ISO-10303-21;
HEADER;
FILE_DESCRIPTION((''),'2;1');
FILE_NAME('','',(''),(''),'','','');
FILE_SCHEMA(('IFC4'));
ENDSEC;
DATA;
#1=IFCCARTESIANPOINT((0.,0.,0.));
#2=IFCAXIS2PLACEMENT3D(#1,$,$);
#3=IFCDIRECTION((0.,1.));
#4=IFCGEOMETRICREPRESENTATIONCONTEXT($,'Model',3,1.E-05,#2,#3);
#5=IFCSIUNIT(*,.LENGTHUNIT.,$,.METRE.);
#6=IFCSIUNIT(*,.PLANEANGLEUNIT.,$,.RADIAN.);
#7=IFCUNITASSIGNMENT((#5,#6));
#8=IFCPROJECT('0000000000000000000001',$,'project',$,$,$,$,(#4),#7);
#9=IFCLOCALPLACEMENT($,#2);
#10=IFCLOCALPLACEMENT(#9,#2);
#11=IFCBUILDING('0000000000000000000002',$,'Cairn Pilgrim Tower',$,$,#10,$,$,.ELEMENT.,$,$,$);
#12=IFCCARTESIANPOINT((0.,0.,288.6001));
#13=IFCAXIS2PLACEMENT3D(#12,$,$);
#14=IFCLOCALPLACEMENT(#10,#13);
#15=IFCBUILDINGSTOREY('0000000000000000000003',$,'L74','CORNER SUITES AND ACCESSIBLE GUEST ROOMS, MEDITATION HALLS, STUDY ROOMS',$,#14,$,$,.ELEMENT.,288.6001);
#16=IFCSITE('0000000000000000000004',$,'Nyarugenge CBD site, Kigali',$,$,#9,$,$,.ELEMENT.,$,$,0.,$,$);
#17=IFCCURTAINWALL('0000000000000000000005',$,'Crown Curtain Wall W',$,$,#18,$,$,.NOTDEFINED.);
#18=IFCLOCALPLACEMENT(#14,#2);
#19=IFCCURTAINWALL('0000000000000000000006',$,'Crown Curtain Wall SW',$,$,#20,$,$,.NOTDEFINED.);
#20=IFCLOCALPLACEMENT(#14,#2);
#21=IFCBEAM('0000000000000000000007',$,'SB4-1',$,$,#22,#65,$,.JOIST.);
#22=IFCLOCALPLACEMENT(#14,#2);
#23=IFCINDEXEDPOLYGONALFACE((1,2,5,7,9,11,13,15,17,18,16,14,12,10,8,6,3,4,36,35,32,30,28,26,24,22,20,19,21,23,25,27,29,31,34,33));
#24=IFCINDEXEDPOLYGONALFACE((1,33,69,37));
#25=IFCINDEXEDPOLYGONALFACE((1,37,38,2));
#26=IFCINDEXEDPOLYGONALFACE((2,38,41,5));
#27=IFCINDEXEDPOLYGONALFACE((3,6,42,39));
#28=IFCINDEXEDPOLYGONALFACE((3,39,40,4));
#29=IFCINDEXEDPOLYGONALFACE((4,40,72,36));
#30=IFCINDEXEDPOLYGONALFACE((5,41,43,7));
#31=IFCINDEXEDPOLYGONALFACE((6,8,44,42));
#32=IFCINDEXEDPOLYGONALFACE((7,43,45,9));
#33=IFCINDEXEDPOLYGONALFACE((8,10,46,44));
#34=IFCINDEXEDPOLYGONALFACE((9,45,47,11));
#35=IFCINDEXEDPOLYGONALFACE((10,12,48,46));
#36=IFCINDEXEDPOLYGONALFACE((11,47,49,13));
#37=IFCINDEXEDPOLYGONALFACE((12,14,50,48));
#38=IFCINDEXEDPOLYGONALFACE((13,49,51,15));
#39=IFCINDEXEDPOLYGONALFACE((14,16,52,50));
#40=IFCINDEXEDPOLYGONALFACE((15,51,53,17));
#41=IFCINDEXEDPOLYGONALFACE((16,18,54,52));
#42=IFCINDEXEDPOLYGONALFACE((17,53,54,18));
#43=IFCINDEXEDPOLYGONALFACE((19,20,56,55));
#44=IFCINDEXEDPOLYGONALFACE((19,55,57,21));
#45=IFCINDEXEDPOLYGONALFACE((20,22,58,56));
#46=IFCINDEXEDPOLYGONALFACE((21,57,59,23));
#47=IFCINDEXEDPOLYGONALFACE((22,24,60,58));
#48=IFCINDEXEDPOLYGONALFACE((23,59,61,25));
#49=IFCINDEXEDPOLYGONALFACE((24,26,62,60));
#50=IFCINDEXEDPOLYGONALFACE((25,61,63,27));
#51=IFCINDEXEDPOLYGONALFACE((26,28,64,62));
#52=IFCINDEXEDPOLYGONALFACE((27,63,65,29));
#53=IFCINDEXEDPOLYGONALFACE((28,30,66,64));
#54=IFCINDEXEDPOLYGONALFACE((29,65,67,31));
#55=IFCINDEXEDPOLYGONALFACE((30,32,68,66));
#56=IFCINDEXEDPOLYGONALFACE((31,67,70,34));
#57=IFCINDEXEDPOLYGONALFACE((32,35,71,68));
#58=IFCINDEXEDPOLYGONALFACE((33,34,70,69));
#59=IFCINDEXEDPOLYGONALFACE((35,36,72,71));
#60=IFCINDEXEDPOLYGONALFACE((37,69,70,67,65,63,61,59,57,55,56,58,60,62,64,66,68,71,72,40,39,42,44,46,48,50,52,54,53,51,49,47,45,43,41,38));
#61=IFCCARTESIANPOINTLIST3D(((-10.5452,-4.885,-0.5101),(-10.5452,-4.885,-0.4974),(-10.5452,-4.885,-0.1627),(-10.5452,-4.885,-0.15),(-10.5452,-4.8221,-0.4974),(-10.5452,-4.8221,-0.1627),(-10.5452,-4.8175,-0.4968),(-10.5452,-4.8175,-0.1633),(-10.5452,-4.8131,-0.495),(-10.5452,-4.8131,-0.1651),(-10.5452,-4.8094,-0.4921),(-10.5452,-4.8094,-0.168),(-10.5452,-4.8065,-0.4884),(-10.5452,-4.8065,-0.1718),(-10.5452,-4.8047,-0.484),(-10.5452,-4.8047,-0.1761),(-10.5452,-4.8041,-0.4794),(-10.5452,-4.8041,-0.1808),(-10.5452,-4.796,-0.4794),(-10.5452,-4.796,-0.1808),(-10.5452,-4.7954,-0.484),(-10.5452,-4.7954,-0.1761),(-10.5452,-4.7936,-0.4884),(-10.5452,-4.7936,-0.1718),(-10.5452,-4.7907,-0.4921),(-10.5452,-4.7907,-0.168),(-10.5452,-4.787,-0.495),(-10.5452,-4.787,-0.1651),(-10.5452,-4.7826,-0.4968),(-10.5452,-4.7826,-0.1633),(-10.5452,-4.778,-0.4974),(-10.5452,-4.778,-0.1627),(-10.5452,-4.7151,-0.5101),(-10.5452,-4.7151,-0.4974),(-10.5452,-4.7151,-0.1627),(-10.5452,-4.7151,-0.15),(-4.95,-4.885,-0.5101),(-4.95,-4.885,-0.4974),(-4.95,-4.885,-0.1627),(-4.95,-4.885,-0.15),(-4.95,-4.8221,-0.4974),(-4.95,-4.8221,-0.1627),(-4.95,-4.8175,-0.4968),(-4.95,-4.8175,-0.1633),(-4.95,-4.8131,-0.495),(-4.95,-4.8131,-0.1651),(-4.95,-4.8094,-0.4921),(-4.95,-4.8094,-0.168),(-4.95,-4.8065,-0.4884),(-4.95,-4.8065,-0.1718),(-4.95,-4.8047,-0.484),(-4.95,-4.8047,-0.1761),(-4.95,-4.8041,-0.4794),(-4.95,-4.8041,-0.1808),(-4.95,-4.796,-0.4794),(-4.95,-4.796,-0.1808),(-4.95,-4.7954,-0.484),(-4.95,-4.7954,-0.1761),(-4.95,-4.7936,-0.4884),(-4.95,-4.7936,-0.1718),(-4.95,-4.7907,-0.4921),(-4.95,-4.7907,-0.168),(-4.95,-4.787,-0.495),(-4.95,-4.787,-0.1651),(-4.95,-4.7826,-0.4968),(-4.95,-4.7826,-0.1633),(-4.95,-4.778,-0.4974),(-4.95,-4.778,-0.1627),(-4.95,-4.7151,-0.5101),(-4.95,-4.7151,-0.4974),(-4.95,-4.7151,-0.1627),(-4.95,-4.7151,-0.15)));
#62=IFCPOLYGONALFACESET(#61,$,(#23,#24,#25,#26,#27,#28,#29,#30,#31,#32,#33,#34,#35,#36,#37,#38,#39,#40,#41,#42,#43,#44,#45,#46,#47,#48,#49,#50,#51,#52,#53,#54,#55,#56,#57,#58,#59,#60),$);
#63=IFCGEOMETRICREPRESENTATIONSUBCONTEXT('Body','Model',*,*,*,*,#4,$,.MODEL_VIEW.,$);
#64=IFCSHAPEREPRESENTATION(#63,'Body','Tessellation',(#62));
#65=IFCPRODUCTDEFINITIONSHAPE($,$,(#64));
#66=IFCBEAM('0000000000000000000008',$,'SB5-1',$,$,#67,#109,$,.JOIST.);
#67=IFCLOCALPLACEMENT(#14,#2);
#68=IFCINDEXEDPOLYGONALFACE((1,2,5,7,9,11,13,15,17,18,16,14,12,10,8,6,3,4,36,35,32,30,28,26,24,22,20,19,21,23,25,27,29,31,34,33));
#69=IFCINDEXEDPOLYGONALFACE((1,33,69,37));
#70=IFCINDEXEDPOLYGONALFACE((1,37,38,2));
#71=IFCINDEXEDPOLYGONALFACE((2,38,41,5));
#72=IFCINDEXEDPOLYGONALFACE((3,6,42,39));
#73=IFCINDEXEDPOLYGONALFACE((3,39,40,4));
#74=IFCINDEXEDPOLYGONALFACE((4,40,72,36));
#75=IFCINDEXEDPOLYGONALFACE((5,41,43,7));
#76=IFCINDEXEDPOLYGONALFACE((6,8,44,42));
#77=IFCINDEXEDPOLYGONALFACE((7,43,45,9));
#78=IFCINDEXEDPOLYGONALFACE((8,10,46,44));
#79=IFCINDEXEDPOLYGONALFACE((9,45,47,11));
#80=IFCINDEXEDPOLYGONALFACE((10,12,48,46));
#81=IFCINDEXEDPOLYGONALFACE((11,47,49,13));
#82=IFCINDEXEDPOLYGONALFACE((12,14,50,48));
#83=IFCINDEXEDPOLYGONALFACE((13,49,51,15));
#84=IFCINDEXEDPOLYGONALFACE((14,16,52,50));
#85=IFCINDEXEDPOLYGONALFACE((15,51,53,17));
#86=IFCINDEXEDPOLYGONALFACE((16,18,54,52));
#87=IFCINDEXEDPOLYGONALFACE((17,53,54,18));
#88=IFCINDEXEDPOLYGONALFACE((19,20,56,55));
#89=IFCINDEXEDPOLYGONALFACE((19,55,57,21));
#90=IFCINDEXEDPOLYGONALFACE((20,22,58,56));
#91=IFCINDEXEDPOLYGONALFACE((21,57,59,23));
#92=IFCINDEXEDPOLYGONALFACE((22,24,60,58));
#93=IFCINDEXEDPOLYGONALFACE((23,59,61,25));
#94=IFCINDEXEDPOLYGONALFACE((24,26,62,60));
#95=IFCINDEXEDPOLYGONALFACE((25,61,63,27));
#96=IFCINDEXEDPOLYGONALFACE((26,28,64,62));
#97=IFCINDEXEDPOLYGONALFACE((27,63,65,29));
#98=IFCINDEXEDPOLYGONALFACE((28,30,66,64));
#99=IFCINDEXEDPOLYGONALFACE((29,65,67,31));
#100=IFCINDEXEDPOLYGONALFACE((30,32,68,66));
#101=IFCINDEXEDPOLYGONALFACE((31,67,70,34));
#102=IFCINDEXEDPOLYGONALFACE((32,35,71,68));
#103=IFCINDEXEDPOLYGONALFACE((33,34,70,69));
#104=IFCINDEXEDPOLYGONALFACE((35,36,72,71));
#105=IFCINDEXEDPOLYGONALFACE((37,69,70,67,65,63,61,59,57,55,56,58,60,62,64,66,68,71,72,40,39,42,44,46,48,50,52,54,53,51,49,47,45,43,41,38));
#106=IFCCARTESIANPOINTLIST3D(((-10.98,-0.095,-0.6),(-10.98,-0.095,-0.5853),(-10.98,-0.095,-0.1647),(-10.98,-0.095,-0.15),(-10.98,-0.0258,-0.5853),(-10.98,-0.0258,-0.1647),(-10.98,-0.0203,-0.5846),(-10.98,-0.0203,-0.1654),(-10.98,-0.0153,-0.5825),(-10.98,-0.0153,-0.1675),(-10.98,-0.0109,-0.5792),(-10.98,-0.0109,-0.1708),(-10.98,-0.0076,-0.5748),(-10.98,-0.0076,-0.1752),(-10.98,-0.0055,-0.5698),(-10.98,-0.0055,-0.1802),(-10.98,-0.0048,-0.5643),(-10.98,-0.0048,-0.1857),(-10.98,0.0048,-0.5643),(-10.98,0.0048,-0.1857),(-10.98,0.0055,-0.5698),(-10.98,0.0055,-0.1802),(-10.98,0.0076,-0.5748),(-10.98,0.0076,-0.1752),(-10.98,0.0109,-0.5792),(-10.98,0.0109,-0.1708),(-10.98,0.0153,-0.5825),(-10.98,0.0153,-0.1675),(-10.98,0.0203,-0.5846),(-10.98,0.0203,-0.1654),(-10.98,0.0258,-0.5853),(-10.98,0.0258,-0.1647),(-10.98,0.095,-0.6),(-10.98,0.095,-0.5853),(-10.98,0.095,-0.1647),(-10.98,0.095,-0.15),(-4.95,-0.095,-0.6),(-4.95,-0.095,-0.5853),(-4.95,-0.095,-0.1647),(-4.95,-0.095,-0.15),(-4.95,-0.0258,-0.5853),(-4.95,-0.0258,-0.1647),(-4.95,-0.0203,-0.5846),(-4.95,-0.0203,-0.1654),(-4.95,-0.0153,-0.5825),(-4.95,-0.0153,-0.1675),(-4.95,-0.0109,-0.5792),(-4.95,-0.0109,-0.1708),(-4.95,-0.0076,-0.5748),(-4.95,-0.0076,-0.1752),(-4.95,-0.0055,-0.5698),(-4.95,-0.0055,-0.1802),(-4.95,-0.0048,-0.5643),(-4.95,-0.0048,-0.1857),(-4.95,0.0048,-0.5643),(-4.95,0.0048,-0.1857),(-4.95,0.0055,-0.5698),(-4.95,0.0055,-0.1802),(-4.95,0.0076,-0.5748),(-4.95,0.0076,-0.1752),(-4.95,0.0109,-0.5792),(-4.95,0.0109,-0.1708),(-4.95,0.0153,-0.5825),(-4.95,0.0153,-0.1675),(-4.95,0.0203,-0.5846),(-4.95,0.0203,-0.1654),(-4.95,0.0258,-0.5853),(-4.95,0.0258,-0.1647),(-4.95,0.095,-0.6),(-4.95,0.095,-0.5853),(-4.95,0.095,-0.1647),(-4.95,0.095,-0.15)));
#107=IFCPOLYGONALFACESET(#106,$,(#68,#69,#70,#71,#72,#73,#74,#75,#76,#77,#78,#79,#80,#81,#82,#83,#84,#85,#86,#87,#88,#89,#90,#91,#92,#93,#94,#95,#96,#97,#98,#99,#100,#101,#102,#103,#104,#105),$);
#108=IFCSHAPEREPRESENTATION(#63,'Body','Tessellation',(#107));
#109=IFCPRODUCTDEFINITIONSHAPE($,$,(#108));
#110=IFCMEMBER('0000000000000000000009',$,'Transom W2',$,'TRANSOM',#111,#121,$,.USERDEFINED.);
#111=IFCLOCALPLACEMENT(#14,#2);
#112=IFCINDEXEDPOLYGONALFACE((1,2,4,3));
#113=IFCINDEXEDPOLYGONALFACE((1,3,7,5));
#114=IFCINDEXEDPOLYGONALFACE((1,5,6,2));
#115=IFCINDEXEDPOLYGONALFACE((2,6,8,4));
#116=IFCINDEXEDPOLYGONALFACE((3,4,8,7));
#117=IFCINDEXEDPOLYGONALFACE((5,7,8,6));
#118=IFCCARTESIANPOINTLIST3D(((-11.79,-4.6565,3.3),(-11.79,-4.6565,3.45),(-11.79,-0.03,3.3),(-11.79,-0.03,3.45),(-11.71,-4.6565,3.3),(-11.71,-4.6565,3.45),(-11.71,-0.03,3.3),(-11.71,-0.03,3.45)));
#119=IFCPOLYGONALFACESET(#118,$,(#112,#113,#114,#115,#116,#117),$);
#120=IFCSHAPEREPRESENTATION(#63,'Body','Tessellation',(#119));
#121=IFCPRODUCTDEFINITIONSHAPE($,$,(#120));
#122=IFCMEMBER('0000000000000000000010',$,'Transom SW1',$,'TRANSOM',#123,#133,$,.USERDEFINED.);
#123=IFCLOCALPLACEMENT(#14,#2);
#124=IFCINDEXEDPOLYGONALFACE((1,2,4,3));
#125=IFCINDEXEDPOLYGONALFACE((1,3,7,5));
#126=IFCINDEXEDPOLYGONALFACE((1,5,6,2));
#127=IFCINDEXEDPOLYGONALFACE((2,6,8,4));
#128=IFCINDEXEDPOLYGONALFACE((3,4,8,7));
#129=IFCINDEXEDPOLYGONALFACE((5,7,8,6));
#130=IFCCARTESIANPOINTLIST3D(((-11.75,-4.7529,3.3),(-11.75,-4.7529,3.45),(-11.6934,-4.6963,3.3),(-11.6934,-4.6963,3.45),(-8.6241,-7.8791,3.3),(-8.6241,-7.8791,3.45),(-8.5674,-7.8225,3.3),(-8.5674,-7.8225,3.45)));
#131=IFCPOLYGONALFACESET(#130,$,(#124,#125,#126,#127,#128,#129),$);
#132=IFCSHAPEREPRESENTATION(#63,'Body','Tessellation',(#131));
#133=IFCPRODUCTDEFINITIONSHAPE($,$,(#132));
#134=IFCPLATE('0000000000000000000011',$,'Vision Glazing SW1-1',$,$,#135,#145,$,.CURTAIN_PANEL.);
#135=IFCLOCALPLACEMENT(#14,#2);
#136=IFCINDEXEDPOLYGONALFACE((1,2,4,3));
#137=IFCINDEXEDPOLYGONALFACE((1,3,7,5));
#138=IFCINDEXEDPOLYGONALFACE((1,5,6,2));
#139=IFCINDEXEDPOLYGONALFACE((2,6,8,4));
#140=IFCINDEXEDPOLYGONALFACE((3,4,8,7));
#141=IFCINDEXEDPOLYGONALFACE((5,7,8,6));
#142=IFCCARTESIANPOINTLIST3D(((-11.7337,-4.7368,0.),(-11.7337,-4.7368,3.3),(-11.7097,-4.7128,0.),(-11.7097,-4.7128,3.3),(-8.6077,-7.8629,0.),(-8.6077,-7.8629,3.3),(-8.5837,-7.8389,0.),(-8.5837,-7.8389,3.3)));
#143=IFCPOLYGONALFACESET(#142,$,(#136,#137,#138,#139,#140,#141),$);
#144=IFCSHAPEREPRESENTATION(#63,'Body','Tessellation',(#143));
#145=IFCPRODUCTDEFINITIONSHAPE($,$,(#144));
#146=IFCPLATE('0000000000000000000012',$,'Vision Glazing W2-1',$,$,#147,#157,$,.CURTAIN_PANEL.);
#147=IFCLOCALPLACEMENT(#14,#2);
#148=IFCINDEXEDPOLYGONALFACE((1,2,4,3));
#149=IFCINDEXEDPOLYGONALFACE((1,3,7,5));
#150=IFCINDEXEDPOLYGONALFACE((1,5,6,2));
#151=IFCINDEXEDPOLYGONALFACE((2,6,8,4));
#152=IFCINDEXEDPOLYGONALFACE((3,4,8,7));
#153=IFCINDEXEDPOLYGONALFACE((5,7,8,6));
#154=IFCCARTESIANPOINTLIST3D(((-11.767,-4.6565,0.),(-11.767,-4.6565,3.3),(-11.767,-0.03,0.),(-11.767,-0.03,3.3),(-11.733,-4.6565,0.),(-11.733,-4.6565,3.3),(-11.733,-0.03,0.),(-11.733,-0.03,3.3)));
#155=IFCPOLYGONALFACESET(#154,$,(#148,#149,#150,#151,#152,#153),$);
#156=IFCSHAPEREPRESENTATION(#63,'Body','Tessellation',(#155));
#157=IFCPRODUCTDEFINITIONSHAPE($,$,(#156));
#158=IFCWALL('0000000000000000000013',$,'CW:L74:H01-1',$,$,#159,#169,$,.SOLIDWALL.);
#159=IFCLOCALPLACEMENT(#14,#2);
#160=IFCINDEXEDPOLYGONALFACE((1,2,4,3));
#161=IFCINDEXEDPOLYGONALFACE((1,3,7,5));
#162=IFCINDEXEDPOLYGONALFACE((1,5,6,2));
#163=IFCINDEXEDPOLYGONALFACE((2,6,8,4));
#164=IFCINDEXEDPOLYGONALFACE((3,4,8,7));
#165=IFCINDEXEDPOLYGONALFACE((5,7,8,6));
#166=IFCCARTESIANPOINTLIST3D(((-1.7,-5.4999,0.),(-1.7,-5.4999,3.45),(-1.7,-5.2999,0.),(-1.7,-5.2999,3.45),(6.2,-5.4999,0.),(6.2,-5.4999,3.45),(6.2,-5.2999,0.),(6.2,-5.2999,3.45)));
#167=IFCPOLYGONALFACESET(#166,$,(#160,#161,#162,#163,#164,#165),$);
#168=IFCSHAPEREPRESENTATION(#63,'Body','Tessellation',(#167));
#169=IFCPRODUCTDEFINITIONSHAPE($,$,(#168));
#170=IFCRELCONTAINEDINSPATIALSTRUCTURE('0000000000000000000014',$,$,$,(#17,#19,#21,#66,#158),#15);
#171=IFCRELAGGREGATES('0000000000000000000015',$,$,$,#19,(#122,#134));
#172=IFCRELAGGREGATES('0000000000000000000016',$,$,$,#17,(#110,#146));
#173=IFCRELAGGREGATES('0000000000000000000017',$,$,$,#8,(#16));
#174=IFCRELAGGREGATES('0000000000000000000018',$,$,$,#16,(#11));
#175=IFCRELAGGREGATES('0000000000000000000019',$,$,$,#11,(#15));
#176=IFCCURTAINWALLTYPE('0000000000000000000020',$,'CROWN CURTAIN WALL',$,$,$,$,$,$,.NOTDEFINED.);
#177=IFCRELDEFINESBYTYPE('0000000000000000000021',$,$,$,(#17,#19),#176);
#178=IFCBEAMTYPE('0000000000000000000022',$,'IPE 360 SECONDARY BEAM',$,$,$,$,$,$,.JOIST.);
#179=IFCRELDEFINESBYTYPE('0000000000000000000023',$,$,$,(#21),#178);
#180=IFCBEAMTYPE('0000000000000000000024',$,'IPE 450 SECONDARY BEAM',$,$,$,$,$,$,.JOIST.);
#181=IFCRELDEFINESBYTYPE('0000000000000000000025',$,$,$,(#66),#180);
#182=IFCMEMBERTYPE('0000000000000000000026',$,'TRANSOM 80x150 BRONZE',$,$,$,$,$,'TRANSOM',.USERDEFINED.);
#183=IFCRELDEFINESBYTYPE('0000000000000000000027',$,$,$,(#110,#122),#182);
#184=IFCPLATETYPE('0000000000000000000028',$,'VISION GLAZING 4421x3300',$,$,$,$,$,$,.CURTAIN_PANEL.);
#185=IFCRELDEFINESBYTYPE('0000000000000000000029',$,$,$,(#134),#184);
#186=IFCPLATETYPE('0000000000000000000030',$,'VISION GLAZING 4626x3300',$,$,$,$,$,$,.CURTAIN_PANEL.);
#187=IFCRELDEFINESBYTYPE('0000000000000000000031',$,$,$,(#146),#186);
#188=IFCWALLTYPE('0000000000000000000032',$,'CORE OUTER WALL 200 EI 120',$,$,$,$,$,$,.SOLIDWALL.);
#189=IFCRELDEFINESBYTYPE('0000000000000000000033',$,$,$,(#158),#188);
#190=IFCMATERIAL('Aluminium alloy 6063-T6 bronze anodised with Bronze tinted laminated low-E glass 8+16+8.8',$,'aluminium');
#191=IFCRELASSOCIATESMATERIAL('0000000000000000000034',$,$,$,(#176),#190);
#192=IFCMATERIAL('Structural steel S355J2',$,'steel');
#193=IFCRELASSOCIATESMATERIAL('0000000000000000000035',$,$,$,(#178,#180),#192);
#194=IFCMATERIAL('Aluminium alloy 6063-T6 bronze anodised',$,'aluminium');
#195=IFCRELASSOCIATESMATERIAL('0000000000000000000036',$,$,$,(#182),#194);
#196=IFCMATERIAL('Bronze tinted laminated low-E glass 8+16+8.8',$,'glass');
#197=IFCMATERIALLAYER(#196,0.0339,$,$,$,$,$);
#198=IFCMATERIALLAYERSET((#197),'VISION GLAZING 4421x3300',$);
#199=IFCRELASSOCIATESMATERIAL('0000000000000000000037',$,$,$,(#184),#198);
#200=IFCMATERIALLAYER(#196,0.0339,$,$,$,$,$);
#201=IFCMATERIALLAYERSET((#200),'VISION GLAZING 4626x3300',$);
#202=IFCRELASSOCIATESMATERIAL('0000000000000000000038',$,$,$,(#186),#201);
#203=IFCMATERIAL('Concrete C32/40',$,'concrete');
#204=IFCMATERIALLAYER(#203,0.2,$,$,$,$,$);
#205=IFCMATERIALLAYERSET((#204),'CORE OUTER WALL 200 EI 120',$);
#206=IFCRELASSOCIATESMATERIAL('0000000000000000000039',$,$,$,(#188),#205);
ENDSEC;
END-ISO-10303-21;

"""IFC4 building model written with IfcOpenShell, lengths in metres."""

from ifc_helpers import new_model, si_unit, direction, frame, frame_2d, origin, origin_2d, place, context, subcontext, project, spatial, rectangle, i_section, extrude, material, layer, layer_set, material_profile, profile_set, type_object, element, aggregate, save


model = new_model("IFC4")

# Units and contexts
model_context = context("Model", 3, precision=1e-05, world=origin(), true_north=direction((0.0, 1.0)))
body_context = subcontext(model_context, "Body", "Model", "MODEL_VIEW")
ifc_project = project(units=[si_unit("LENGTHUNIT", "METRE"), si_unit("PLANEANGLEUNIT", "RADIAN")], contexts=[model_context])

# Site, building, storey
site_placement = place(None, origin())
site = spatial("IfcSite", under=ifc_project, at=site_placement, Name="Nyarugenge CBD site, Kigali", CompositionType="ELEMENT", RefElevation=0.0)
building_placement = place(site_placement, origin())
building = spatial("IfcBuilding", under=site, at=building_placement, Name="Cairn Pilgrim Tower", CompositionType="ELEMENT")
storey_placement = place(building_placement, frame((0.0, 0.0, 288.6001)))
storey = spatial("IfcBuildingStorey", under=building, at=storey_placement, Name="L74", Description="CORNER SUITES AND ACCESSIBLE GUEST ROOMS, MEDITATION HALLS, STUDY ROOMS", CompositionType="ELEMENT", Elevation=288.6001)

# Shared definitions
ifc_material_1 = material(Name="Structural steel S355J2", Category="steel")

# Curtain wall
ifc_material_2 = material(Name="Aluminium alloy 6063-T6 bronze anodised with Bronze tinted laminated low-E glass 8+16+8.8", Category="aluminium")
curtain_wall_type = type_object("IfcCurtainWallType", Name="CROWN CURTAIN WALL", PredefinedType="NOTDEFINED", material=ifc_material_2)
curtain_wall_1_placement = place(storey_placement, origin())
curtain_wall_1 = element("IfcCurtainWall", 1, at=curtain_wall_1_placement, inside=storey, type_object=curtain_wall_type, Name="Crown Curtain Wall W", PredefinedType="NOTDEFINED")
ifc_material_3 = material(Name="Aluminium alloy 6063-T6 bronze anodised", Category="aluminium")

# Curtain wall
curtain_wall_2_placement = place(storey_placement, origin())
curtain_wall_2 = element("IfcCurtainWall", 2, at=curtain_wall_2_placement, inside=storey, type_object=curtain_wall_type, Name="Crown Curtain Wall SW", PredefinedType="NOTDEFINED")

# Beams
ifc_material_profile_1 = material_profile(ifc_material_1, i_section(OverallWidth=0.1699, OverallDepth=0.3601, WebThickness=0.0081, FlangeThickness=0.0127, FilletRadius=0.0181, at=origin_2d()), Name="IPE 360")
ifc_profile_set_1 = profile_set([ifc_material_profile_1], Name="Structural steel S355J2")
beam_type_1 = type_object("IfcBeamType", Name="IPE 360 SECONDARY BEAM", PredefinedType="JOIST", material=ifc_profile_set_1)
beam_1_placement = place(storey_placement, frame((-10.5452, -4.8, -0.3301), z_axis=(1.0, 0.0, 0.0), x_axis=(0.0, 1.0, 0.0)))
element("IfcBeam", 3, at=beam_1_placement, inside=storey, type_object=beam_type_1, Name="SB4-1", PredefinedType="JOIST", context=body_context, shape_type="SweptSolid", body=[
    extrude(i_section(OverallWidth=0.1699, OverallDepth=0.3601, WebThickness=0.0081, FlangeThickness=0.0127, FilletRadius=0.0181, at=origin_2d()), origin(), (0.0, 0.0, 1.0), 5.5952),
])
ifc_material_profile_2 = material_profile(ifc_material_1, i_section(OverallWidth=0.1899, OverallDepth=0.45, WebThickness=0.0095, FlangeThickness=0.0146, FilletRadius=0.021, at=origin_2d()), Name="IPE 450")
ifc_profile_set_2 = profile_set([ifc_material_profile_2], Name="Structural steel S355J2")
beam_type_2 = type_object("IfcBeamType", Name="IPE 450 SECONDARY BEAM", PredefinedType="JOIST", material=ifc_profile_set_2)
beam_2_placement = place(storey_placement, frame((-10.98, 0.0, -0.375), z_axis=(1.0, 0.0, 0.0), x_axis=(0.0, 1.0, 0.0)))
element("IfcBeam", 4, at=beam_2_placement, inside=storey, type_object=beam_type_2, Name="SB5-1", PredefinedType="JOIST", context=body_context, shape_type="SweptSolid", body=[
    extrude(i_section(OverallWidth=0.1899, OverallDepth=0.45, WebThickness=0.0095, FlangeThickness=0.0146, FilletRadius=0.021, at=origin_2d()), origin(), (0.0, 0.0, 1.0), 6.03),
])

# Members
ifc_material_profile_3 = material_profile(ifc_material_3, rectangle(XDim=0.0801, YDim=0.1499, at=origin_2d()), Name="TRANSOM 80x150 BRONZE")
ifc_profile_set_3 = profile_set([ifc_material_profile_3], Name="Aluminium alloy 6063-T6 bronze anodised")
member_type_1 = type_object("IfcMemberType", Name="TRANSOM 80x150 BRONZE", ElementType="TRANSOM", PredefinedType="USERDEFINED", material=ifc_profile_set_3)
member_1_placement = place(storey_placement, frame((-11.75, -0.03, 3.375), z_axis=(0.0, -1.0, 0.0), x_axis=(1.0, 0.0, 0.0)))
member_1 = element("IfcMember", 5, at=member_1_placement, type_object=member_type_1, Name="Transom W2", ObjectType="TRANSOM", PredefinedType="USERDEFINED", context=body_context, shape_type="SweptSolid", body=[
    extrude(rectangle(XDim=0.0801, YDim=0.1499, at=origin_2d()), origin(), (0.0, 0.0, 1.0), 4.6265),
])
member_2_placement = place(storey_placement, frame((-11.7217, -4.7246, 3.375), z_axis=(0.707079, -0.707134, 0.0), x_axis=(0.707134, 0.707079, 0.0)))
member_2 = element("IfcMember", 6, at=member_2_placement, type_object=member_type_1, Name="Transom SW1", ObjectType="TRANSOM", PredefinedType="USERDEFINED", context=body_context, shape_type="SweptSolid", body=[
    extrude(rectangle(XDim=0.0801, YDim=0.1499, at=origin_2d()), origin(), (0.0, 0.0, 1.0), 4.4209),
])

# Plates
ifc_material_4 = material(Name="Bronze tinted laminated low-E glass 8+16+8.8", Category="glass")
ifc_layer_1 = layer(ifc_material_4, 0.0339)
ifc_layer_set_1 = layer_set([ifc_layer_1], Name="VISION GLAZING 4421x3300")
plate_type_1 = type_object("IfcPlateType", Name="VISION GLAZING 4421x3300", PredefinedType="CURTAIN_PANEL", material=ifc_layer_set_1)
plate_1_placement = place(storey_placement, frame((-10.1587, -6.2878, 0.0), z_axis=(0.0, 0.0, 1.0), x_axis=(0.707107, -0.707107, 0.0)))
plate_1 = element("IfcPlate", 7, at=plate_1_placement, type_object=plate_type_1, Name="Vision Glazing SW1-1", PredefinedType="CURTAIN_PANEL", context=body_context, shape_type="SweptSolid", body=[
    extrude(rectangle(XDim=4.4209, YDim=0.0339, at=origin_2d()), origin(), (0.0, 0.0, 1.0), 3.3),
])
aggregate(curtain_wall_2, [member_2, plate_1])
ifc_layer_2 = layer(ifc_material_4, 0.0339)
ifc_layer_set_2 = layer_set([ifc_layer_2], Name="VISION GLAZING 4626x3300")
plate_type_2 = type_object("IfcPlateType", Name="VISION GLAZING 4626x3300", PredefinedType="CURTAIN_PANEL", material=ifc_layer_set_2)
plate_2_placement = place(storey_placement, frame((-11.75, -2.3433, 0.0), z_axis=(0.0, 0.0, 1.0), x_axis=(0.0, -1.0, 0.0)))
plate_2 = element("IfcPlate", 8, at=plate_2_placement, type_object=plate_type_2, Name="Vision Glazing W2-1", PredefinedType="CURTAIN_PANEL", context=body_context, shape_type="SweptSolid", body=[
    extrude(rectangle(XDim=4.6265, YDim=0.0339, at=origin_2d()), origin(), (0.0, 0.0, 1.0), 3.3),
])
aggregate(curtain_wall_1, [member_1, plate_2])

# Wall
ifc_material_5 = material(Name="Concrete C32/40", Category="concrete")
ifc_layer_3 = layer(ifc_material_5, 0.2)
ifc_layer_set_3 = layer_set([ifc_layer_3], Name="CORE OUTER WALL 200 EI 120")
wall_type_1 = type_object("IfcWallType", Name="CORE OUTER WALL 200 EI 120", PredefinedType="SOLIDWALL", material=ifc_layer_set_3)
wall_1_placement = place(storey_placement, frame((-1.7, -5.3999, 0.0), z_axis=(0.0, 0.0, 1.0), x_axis=(1.0, 0.0, 0.0)))
element("IfcWall", 9, at=wall_1_placement, inside=storey, type_object=wall_type_1, Name="CW:L74:H01-1", PredefinedType="SOLIDWALL", context=body_context, shape_type="SweptSolid", body=[
    extrude(rectangle(XDim=7.8999, YDim=0.2, at=frame_2d((3.95, 0.0))), origin(), (0.0, 0.0, 1.0), 3.45),
])

save(model, "model.ifc")
